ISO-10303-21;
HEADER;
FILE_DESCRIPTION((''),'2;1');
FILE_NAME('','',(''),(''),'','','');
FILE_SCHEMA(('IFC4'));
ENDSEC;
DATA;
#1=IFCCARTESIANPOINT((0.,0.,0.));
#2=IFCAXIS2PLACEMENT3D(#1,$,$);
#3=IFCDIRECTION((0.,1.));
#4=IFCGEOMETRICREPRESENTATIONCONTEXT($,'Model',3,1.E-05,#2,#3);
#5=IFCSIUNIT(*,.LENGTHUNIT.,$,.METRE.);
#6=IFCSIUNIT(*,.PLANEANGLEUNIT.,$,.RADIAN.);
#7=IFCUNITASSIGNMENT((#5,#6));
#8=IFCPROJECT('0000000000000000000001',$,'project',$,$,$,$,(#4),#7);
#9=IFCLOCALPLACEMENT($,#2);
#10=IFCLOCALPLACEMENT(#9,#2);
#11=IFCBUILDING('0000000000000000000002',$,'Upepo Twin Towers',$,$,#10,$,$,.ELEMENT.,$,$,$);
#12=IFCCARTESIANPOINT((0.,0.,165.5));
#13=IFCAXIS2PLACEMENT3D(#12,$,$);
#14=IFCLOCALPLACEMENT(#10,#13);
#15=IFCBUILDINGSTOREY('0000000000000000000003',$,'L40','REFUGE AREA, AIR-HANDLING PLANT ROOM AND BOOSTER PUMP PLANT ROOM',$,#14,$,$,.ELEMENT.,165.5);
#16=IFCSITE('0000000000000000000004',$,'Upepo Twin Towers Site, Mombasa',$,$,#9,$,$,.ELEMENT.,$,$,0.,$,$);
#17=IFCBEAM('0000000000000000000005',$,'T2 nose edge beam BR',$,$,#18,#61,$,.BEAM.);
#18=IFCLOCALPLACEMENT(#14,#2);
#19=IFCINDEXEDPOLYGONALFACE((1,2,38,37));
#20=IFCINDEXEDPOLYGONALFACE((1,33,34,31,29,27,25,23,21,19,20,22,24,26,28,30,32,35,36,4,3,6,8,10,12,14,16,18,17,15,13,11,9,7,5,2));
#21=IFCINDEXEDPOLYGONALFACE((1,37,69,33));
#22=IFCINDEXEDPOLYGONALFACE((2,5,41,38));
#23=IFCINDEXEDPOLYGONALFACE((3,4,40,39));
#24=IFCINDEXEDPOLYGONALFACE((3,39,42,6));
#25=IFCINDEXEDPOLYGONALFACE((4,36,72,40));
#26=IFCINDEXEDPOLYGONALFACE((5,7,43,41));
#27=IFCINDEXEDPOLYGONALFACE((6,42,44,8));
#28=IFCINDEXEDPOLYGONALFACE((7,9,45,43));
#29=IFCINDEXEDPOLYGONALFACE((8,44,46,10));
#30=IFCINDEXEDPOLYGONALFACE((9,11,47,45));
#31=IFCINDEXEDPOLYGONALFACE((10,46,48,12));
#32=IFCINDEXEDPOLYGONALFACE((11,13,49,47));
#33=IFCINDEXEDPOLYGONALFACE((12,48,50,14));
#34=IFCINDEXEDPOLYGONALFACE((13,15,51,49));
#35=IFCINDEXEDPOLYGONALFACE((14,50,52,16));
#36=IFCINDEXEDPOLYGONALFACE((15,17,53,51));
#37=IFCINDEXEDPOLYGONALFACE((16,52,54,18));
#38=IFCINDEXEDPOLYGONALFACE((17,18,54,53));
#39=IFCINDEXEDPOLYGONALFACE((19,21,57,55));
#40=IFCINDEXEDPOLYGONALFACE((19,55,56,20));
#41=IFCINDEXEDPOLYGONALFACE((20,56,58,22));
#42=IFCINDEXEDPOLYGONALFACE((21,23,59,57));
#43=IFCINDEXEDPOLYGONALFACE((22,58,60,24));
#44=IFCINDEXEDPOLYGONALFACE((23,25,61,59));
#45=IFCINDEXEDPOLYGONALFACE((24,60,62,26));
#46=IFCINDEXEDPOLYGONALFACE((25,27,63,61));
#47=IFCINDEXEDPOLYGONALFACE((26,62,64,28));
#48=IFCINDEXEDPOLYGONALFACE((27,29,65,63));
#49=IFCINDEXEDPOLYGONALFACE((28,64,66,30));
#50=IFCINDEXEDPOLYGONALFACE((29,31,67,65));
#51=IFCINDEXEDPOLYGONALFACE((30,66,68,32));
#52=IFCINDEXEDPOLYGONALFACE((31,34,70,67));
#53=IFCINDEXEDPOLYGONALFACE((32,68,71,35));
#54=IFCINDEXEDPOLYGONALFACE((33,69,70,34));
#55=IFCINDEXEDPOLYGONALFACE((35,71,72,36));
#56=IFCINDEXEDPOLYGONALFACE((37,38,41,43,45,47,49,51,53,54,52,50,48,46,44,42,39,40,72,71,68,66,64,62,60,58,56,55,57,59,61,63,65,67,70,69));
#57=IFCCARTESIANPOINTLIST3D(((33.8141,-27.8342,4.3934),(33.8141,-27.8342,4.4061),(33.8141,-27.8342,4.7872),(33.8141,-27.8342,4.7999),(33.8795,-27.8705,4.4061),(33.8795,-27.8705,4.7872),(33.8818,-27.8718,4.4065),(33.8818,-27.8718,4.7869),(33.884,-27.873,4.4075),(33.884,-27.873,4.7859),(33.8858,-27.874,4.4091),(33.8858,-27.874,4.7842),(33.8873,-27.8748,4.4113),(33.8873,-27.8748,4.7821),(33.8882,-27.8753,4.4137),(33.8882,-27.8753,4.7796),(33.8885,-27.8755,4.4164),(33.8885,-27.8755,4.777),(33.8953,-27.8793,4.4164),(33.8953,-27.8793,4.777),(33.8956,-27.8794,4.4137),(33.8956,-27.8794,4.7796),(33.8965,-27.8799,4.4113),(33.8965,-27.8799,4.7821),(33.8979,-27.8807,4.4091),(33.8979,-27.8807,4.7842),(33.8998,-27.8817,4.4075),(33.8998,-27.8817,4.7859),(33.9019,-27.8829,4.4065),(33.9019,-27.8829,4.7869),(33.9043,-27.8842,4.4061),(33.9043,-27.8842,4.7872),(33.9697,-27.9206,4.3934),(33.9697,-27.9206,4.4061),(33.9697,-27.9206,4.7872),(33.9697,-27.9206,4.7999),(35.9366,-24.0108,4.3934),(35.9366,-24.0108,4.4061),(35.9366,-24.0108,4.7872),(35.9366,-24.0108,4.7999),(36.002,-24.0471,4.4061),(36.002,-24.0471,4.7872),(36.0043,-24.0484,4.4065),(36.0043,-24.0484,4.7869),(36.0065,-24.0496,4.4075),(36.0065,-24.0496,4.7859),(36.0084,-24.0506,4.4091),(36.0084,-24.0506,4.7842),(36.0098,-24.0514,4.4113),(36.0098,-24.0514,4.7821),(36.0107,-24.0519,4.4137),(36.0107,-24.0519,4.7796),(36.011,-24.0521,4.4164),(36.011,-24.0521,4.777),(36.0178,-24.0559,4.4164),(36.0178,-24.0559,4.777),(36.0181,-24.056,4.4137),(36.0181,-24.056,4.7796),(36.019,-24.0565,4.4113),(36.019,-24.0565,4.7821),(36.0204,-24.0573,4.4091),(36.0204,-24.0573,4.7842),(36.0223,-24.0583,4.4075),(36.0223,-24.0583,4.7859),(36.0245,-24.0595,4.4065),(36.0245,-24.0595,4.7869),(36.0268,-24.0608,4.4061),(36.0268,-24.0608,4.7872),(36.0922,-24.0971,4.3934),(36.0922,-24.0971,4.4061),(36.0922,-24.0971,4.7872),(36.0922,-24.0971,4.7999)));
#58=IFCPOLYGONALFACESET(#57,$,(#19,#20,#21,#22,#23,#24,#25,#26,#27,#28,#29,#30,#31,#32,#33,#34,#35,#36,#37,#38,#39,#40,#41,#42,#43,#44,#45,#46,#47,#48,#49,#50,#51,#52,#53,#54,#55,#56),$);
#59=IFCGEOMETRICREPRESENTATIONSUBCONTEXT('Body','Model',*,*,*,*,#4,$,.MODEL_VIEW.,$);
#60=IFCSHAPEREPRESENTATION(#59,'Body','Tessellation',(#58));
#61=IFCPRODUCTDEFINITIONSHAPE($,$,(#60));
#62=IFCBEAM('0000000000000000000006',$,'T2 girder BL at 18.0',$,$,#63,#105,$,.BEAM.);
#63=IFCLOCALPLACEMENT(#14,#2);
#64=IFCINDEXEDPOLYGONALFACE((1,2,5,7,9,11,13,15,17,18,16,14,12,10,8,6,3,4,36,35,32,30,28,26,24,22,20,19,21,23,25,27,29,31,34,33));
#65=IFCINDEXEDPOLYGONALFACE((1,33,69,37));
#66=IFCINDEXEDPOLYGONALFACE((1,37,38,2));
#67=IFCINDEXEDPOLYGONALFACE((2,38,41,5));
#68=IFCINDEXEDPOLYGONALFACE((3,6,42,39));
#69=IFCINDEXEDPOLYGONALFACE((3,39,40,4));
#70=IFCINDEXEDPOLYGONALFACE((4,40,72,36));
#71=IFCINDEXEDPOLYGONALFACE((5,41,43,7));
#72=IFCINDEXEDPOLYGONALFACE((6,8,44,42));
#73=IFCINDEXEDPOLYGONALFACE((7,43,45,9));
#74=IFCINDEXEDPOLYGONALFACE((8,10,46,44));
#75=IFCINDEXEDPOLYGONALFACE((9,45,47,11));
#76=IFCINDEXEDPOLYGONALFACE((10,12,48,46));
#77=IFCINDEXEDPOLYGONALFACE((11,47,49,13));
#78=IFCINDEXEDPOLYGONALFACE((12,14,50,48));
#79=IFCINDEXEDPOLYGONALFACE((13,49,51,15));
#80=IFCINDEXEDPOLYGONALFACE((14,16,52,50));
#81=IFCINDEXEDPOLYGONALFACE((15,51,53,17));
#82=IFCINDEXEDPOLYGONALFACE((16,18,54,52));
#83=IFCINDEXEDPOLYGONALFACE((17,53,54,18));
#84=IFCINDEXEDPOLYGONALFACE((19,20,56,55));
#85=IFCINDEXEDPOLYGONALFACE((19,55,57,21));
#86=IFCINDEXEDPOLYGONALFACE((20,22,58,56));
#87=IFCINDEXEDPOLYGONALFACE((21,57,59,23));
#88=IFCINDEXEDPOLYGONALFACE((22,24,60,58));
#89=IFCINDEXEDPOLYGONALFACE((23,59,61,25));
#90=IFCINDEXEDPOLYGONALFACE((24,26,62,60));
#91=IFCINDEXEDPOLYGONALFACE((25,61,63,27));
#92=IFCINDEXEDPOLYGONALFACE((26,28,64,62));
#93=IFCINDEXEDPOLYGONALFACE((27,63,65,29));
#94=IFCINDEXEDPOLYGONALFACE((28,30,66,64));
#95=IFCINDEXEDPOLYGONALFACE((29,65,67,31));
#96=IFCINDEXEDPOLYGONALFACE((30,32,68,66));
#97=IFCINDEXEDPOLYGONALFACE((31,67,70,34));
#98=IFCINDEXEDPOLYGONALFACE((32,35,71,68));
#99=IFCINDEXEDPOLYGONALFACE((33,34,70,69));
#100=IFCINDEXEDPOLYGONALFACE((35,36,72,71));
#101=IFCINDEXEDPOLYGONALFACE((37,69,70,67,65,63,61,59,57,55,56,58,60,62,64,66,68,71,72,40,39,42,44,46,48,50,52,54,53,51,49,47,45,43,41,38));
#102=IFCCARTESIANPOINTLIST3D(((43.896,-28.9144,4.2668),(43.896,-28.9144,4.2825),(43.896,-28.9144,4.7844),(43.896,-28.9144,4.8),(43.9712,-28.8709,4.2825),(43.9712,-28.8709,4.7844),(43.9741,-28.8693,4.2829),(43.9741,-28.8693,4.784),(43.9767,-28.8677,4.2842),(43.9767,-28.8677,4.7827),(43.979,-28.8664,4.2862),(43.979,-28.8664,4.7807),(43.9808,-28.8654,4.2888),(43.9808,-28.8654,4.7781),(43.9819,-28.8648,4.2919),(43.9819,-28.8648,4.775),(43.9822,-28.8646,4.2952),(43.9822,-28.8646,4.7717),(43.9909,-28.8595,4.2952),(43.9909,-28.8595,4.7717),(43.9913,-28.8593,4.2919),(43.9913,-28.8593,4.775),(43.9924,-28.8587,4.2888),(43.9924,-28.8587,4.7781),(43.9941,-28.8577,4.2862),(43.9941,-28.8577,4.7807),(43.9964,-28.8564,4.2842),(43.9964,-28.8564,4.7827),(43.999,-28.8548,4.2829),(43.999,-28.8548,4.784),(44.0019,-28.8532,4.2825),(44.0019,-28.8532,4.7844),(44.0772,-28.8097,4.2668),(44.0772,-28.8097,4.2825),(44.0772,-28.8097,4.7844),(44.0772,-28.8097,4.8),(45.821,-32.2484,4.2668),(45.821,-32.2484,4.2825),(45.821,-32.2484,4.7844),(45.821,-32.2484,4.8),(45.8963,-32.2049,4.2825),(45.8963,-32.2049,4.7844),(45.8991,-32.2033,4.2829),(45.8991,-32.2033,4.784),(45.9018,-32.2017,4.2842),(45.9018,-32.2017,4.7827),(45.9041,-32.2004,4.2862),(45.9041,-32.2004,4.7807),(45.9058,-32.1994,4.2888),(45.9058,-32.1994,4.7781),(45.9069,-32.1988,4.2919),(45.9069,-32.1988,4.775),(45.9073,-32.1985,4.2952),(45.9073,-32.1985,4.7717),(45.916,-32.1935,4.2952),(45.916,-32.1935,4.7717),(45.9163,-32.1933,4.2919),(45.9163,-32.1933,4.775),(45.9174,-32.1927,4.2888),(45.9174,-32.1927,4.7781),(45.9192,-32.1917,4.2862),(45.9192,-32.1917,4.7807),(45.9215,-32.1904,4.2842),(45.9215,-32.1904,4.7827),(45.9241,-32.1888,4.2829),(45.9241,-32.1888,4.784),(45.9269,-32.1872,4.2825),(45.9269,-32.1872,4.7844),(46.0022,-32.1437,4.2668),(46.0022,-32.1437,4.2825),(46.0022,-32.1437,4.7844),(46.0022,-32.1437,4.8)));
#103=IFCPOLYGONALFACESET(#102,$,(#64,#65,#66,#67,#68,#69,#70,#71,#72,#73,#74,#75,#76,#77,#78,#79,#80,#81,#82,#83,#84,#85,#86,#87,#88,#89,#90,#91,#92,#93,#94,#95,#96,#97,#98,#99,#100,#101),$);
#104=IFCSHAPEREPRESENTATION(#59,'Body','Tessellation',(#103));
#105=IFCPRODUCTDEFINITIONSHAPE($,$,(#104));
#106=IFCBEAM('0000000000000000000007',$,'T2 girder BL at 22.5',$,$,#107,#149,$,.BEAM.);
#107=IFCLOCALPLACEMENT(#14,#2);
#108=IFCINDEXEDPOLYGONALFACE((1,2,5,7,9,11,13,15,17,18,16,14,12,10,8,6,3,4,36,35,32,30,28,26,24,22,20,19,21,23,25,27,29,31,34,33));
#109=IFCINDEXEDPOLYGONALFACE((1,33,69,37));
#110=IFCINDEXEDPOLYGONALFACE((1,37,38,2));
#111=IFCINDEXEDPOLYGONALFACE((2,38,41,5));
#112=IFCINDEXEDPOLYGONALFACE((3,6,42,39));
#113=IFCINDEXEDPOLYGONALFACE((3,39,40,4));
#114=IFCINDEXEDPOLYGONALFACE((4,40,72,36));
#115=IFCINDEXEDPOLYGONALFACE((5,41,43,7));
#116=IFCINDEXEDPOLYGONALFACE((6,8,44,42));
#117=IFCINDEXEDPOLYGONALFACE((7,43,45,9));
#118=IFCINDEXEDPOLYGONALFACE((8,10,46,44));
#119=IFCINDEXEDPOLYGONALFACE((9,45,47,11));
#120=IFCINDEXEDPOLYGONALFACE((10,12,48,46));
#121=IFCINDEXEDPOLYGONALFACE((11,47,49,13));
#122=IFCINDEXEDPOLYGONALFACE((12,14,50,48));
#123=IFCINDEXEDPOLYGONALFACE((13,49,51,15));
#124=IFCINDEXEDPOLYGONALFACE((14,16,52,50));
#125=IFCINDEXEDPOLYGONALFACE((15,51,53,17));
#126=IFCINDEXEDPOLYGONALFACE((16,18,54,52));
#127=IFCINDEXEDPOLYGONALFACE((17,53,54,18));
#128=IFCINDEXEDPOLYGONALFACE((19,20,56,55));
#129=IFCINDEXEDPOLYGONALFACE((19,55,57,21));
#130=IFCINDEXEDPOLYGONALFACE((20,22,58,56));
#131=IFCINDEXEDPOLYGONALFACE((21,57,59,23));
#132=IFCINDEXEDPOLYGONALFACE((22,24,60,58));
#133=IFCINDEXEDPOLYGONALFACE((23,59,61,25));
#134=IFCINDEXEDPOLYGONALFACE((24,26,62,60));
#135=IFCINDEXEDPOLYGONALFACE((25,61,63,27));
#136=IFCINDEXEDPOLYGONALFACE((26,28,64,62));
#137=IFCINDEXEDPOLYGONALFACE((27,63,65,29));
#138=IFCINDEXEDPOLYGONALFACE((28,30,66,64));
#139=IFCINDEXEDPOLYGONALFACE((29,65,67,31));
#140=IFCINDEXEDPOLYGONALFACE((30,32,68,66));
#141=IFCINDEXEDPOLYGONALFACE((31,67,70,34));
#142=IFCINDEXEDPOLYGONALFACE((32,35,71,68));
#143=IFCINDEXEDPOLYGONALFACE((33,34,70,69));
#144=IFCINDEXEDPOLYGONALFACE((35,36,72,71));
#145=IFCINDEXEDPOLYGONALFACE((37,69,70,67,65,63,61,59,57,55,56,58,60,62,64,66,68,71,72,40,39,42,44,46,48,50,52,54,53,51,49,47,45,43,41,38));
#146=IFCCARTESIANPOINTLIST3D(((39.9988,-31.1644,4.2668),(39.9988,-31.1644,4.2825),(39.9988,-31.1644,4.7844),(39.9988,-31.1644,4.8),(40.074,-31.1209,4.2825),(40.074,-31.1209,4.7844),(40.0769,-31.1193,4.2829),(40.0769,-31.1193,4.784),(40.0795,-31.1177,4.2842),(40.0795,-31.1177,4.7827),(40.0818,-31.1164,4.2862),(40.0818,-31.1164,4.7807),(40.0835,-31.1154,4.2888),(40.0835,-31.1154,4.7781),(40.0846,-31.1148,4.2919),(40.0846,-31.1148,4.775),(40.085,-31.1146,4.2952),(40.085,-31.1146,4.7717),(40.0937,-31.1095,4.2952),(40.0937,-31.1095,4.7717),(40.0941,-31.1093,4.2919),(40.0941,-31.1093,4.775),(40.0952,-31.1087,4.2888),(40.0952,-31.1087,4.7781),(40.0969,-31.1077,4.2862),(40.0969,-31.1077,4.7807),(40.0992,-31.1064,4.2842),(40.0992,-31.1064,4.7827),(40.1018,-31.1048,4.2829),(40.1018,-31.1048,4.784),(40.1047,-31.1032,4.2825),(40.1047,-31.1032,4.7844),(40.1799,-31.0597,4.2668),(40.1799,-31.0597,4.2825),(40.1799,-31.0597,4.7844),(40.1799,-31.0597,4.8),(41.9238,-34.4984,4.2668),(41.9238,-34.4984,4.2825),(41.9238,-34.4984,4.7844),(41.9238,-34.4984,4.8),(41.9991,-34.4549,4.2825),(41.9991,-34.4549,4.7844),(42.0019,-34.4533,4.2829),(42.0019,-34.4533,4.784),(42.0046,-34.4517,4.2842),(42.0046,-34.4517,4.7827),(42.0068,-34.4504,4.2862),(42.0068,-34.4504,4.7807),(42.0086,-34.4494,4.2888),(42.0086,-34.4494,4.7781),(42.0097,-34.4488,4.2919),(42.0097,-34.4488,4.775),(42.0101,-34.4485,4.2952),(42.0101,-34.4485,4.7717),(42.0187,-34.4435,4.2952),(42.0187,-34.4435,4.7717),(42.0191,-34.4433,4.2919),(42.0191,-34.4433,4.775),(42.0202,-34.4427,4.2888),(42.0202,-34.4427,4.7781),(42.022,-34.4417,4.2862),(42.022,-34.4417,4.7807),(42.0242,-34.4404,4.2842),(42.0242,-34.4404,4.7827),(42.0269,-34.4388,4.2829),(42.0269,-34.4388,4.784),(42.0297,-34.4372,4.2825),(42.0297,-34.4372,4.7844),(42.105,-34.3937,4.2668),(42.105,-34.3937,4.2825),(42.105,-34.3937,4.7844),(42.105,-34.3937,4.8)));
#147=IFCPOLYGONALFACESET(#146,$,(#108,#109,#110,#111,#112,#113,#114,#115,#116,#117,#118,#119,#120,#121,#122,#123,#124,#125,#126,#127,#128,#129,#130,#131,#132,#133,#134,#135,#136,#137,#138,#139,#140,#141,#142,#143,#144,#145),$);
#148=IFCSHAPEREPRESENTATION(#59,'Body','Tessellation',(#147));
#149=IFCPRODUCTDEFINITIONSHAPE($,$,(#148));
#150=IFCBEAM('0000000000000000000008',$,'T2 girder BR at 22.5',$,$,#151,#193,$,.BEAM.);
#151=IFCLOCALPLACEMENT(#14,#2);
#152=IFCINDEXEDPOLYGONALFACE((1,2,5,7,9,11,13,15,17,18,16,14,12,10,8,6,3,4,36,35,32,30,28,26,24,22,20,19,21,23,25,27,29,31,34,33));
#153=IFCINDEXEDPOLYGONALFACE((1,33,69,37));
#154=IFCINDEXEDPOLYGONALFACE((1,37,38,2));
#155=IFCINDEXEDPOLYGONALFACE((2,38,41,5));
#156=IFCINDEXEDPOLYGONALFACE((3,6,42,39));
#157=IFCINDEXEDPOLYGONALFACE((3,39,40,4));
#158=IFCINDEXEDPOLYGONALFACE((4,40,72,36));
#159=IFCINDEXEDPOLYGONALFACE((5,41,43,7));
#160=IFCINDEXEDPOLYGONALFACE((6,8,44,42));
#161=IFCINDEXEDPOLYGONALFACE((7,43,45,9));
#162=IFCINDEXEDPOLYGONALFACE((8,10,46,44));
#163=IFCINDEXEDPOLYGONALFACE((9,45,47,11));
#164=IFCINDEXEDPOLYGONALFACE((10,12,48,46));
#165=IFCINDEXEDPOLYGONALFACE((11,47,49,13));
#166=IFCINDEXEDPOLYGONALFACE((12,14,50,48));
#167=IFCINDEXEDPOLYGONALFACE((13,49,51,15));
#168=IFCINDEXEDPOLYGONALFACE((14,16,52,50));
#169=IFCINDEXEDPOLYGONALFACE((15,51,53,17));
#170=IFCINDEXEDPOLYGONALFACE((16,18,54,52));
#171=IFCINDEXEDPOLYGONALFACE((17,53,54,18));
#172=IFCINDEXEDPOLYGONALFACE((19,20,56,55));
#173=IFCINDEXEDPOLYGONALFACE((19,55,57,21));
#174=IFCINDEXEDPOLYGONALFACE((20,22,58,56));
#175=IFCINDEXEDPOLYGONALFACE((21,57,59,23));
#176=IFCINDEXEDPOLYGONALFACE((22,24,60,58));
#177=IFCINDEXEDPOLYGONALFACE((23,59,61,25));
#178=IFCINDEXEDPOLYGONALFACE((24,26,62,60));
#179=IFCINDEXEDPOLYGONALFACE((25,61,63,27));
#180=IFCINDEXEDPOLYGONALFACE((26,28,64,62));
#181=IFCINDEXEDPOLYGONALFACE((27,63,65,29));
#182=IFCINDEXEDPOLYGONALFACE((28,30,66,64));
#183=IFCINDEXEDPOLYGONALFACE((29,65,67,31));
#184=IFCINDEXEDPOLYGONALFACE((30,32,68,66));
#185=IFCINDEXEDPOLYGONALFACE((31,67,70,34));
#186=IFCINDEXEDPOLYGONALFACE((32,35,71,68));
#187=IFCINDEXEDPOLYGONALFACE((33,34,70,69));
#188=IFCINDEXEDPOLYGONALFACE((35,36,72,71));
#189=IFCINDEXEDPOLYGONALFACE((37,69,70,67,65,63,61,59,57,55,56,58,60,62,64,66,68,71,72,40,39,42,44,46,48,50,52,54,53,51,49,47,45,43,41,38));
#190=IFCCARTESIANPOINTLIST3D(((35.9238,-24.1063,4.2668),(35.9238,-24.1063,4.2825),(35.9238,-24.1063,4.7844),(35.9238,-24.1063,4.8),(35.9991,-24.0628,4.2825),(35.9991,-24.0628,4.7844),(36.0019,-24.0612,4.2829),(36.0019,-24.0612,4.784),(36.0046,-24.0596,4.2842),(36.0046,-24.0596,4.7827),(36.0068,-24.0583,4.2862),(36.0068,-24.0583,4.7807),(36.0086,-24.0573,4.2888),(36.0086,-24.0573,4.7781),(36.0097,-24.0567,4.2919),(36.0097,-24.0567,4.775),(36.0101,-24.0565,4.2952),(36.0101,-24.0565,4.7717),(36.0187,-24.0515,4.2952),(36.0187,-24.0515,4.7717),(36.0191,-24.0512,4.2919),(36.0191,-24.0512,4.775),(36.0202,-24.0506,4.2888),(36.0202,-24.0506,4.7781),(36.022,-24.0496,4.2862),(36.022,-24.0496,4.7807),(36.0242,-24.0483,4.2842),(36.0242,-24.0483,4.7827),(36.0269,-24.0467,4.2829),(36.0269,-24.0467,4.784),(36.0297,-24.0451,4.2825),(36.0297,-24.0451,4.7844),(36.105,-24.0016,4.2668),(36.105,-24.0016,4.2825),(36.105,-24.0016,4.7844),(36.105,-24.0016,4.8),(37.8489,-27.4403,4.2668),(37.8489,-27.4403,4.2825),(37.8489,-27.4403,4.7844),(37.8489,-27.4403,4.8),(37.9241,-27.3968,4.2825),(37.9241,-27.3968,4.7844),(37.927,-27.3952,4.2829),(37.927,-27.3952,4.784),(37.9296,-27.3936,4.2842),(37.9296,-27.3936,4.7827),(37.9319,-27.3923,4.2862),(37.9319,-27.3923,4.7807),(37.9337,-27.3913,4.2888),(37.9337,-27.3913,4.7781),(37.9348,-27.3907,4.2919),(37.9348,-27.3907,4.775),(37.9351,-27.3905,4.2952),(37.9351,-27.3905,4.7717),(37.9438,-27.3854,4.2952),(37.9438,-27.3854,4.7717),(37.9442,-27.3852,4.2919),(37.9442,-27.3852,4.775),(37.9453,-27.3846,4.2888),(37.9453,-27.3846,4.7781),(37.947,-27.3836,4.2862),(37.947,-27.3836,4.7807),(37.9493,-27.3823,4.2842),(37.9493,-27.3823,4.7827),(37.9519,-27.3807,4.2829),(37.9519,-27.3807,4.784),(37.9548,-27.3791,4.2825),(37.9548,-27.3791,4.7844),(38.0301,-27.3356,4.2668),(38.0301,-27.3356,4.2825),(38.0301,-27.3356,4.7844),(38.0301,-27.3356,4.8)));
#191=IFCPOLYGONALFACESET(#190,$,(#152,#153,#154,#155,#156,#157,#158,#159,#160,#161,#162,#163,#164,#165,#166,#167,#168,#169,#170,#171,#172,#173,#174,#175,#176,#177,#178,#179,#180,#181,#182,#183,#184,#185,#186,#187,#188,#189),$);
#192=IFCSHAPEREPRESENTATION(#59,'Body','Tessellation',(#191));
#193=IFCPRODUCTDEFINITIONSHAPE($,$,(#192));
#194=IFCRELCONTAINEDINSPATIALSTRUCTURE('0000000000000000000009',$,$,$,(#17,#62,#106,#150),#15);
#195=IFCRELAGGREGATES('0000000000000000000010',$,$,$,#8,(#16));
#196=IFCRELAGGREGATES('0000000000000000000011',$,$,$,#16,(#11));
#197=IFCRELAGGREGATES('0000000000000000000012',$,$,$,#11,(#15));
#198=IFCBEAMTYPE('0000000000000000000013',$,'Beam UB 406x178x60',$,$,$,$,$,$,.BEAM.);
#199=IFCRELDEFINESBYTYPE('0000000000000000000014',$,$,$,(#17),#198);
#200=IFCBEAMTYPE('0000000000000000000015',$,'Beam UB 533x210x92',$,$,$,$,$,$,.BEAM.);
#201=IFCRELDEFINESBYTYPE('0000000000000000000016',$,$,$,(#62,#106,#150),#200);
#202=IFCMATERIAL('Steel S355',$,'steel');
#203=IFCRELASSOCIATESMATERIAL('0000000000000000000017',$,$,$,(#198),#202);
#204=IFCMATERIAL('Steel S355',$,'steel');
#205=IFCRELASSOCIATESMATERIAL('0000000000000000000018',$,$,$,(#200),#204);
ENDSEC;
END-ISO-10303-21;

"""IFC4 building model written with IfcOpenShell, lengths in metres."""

from ifc_helpers import new_model, si_unit, direction, frame, origin, origin_2d, place, context, subcontext, project, spatial, i_section, extrude, material, material_profile, profile_set, type_object, element, save


model = new_model("IFC4")

# Units and contexts
model_context = context("Model", 3, precision=1e-05, world=origin(), true_north=direction((0.0, 1.0)))
body_context = subcontext(model_context, "Body", "Model", "MODEL_VIEW")
ifc_project = project(units=[si_unit("LENGTHUNIT", "METRE"), si_unit("PLANEANGLEUNIT", "RADIAN")], contexts=[model_context])

# Site, building, storey
site_placement = place(None, origin())
site = spatial("IfcSite", under=ifc_project, at=site_placement, Name="Upepo Twin Towers Site, Mombasa", CompositionType="ELEMENT", RefElevation=0.0)
building_placement = place(site_placement, origin())
building = spatial("IfcBuilding", under=site, at=building_placement, Name="Upepo Twin Towers", CompositionType="ELEMENT")
storey_placement = place(building_placement, frame((0.0, 0.0, 165.5)))
storey = spatial("IfcBuildingStorey", under=building, at=storey_placement, Name="L40", Description="REFUGE AREA, AIR-HANDLING PLANT ROOM AND BOOSTER PUMP PLANT ROOM", CompositionType="ELEMENT", Elevation=165.5)

# Beams
ifc_material_1 = material(Name="Steel S355", Category="steel")
ifc_material_profile_1 = material_profile(ifc_material_1, i_section(OverallWidth=0.178, OverallDepth=0.4065, WebThickness=0.0078, FlangeThickness=0.0127, FilletRadius=0.0103, at=origin_2d()), Name="UB 406x178x60")
ifc_profile_set_1 = profile_set([ifc_material_profile_1], Name="Steel S355")
beam_type_1 = type_object("IfcBeamType", Name="Beam UB 406x178x60", PredefinedType="BEAM", material=ifc_profile_set_1)
beam_1_placement = place(storey_placement, frame((36.0144, -24.054, 4.5967), z_axis=(-0.485363, -0.874313, 0.0), x_axis=(0.874313, -0.485363, 0.0)))
element("IfcBeam", 1, at=beam_1_placement, inside=storey, type_object=beam_type_1, Name="T2 nose edge beam BR", PredefinedType="BEAM", context=body_context, shape_type="SweptSolid", body=[
    extrude(i_section(OverallWidth=0.178, OverallDepth=0.4065, WebThickness=0.0078, FlangeThickness=0.0127, FilletRadius=0.0103, at=origin_2d()), origin(), (0.0, 0.0, 1.0), 4.373),
])
ifc_material_2 = material(Name="Steel S355", Category="steel")
ifc_material_profile_2 = material_profile(ifc_material_2, i_section(OverallWidth=0.2092, OverallDepth=0.5332, WebThickness=0.01, FlangeThickness=0.0156, FilletRadius=0.0127, at=origin_2d()), Name="UB 533x210x92")
ifc_profile_set_2 = profile_set([ifc_material_profile_2], Name="Steel S355")
beam_type_2 = type_object("IfcBeamType", Name="Beam UB 533x210x92", PredefinedType="BEAM", material=ifc_profile_set_2)
for number, where, z_axis, x_axis, name in (
    (2, (45.9116, -32.196, 4.5334), (-0.500034, 0.866006, 0.0), (-0.866006, -0.500034, 0.0), "T2 girder BL at 18.0"),
    (3, (42.0144, -34.446, 4.5334), (-0.500034, 0.866006, 0.0), (-0.866006, -0.500034, 0.0), "T2 girder BL at 22.5"),
    (4, (36.0144, -24.054, 4.5334), (0.500034, -0.866006, 0.0), (0.866006, 0.500034, 0.0), "T2 girder BR at 22.5"),
):
    element("IfcBeam", number, at=place(storey_placement, frame(where, z_axis=z_axis, x_axis=x_axis)), inside=storey, type_object=beam_type_2, Name=name, PredefinedType="BEAM", context=body_context, shape_type="SweptSolid", body=[
        extrude(i_section(OverallWidth=0.2092, OverallDepth=0.5332, WebThickness=0.01, FlangeThickness=0.0156, FilletRadius=0.0127, at=origin_2d()), origin(), (0.0, 0.0, 1.0), 3.8499),
    ])

save(model, "model.ifc")
